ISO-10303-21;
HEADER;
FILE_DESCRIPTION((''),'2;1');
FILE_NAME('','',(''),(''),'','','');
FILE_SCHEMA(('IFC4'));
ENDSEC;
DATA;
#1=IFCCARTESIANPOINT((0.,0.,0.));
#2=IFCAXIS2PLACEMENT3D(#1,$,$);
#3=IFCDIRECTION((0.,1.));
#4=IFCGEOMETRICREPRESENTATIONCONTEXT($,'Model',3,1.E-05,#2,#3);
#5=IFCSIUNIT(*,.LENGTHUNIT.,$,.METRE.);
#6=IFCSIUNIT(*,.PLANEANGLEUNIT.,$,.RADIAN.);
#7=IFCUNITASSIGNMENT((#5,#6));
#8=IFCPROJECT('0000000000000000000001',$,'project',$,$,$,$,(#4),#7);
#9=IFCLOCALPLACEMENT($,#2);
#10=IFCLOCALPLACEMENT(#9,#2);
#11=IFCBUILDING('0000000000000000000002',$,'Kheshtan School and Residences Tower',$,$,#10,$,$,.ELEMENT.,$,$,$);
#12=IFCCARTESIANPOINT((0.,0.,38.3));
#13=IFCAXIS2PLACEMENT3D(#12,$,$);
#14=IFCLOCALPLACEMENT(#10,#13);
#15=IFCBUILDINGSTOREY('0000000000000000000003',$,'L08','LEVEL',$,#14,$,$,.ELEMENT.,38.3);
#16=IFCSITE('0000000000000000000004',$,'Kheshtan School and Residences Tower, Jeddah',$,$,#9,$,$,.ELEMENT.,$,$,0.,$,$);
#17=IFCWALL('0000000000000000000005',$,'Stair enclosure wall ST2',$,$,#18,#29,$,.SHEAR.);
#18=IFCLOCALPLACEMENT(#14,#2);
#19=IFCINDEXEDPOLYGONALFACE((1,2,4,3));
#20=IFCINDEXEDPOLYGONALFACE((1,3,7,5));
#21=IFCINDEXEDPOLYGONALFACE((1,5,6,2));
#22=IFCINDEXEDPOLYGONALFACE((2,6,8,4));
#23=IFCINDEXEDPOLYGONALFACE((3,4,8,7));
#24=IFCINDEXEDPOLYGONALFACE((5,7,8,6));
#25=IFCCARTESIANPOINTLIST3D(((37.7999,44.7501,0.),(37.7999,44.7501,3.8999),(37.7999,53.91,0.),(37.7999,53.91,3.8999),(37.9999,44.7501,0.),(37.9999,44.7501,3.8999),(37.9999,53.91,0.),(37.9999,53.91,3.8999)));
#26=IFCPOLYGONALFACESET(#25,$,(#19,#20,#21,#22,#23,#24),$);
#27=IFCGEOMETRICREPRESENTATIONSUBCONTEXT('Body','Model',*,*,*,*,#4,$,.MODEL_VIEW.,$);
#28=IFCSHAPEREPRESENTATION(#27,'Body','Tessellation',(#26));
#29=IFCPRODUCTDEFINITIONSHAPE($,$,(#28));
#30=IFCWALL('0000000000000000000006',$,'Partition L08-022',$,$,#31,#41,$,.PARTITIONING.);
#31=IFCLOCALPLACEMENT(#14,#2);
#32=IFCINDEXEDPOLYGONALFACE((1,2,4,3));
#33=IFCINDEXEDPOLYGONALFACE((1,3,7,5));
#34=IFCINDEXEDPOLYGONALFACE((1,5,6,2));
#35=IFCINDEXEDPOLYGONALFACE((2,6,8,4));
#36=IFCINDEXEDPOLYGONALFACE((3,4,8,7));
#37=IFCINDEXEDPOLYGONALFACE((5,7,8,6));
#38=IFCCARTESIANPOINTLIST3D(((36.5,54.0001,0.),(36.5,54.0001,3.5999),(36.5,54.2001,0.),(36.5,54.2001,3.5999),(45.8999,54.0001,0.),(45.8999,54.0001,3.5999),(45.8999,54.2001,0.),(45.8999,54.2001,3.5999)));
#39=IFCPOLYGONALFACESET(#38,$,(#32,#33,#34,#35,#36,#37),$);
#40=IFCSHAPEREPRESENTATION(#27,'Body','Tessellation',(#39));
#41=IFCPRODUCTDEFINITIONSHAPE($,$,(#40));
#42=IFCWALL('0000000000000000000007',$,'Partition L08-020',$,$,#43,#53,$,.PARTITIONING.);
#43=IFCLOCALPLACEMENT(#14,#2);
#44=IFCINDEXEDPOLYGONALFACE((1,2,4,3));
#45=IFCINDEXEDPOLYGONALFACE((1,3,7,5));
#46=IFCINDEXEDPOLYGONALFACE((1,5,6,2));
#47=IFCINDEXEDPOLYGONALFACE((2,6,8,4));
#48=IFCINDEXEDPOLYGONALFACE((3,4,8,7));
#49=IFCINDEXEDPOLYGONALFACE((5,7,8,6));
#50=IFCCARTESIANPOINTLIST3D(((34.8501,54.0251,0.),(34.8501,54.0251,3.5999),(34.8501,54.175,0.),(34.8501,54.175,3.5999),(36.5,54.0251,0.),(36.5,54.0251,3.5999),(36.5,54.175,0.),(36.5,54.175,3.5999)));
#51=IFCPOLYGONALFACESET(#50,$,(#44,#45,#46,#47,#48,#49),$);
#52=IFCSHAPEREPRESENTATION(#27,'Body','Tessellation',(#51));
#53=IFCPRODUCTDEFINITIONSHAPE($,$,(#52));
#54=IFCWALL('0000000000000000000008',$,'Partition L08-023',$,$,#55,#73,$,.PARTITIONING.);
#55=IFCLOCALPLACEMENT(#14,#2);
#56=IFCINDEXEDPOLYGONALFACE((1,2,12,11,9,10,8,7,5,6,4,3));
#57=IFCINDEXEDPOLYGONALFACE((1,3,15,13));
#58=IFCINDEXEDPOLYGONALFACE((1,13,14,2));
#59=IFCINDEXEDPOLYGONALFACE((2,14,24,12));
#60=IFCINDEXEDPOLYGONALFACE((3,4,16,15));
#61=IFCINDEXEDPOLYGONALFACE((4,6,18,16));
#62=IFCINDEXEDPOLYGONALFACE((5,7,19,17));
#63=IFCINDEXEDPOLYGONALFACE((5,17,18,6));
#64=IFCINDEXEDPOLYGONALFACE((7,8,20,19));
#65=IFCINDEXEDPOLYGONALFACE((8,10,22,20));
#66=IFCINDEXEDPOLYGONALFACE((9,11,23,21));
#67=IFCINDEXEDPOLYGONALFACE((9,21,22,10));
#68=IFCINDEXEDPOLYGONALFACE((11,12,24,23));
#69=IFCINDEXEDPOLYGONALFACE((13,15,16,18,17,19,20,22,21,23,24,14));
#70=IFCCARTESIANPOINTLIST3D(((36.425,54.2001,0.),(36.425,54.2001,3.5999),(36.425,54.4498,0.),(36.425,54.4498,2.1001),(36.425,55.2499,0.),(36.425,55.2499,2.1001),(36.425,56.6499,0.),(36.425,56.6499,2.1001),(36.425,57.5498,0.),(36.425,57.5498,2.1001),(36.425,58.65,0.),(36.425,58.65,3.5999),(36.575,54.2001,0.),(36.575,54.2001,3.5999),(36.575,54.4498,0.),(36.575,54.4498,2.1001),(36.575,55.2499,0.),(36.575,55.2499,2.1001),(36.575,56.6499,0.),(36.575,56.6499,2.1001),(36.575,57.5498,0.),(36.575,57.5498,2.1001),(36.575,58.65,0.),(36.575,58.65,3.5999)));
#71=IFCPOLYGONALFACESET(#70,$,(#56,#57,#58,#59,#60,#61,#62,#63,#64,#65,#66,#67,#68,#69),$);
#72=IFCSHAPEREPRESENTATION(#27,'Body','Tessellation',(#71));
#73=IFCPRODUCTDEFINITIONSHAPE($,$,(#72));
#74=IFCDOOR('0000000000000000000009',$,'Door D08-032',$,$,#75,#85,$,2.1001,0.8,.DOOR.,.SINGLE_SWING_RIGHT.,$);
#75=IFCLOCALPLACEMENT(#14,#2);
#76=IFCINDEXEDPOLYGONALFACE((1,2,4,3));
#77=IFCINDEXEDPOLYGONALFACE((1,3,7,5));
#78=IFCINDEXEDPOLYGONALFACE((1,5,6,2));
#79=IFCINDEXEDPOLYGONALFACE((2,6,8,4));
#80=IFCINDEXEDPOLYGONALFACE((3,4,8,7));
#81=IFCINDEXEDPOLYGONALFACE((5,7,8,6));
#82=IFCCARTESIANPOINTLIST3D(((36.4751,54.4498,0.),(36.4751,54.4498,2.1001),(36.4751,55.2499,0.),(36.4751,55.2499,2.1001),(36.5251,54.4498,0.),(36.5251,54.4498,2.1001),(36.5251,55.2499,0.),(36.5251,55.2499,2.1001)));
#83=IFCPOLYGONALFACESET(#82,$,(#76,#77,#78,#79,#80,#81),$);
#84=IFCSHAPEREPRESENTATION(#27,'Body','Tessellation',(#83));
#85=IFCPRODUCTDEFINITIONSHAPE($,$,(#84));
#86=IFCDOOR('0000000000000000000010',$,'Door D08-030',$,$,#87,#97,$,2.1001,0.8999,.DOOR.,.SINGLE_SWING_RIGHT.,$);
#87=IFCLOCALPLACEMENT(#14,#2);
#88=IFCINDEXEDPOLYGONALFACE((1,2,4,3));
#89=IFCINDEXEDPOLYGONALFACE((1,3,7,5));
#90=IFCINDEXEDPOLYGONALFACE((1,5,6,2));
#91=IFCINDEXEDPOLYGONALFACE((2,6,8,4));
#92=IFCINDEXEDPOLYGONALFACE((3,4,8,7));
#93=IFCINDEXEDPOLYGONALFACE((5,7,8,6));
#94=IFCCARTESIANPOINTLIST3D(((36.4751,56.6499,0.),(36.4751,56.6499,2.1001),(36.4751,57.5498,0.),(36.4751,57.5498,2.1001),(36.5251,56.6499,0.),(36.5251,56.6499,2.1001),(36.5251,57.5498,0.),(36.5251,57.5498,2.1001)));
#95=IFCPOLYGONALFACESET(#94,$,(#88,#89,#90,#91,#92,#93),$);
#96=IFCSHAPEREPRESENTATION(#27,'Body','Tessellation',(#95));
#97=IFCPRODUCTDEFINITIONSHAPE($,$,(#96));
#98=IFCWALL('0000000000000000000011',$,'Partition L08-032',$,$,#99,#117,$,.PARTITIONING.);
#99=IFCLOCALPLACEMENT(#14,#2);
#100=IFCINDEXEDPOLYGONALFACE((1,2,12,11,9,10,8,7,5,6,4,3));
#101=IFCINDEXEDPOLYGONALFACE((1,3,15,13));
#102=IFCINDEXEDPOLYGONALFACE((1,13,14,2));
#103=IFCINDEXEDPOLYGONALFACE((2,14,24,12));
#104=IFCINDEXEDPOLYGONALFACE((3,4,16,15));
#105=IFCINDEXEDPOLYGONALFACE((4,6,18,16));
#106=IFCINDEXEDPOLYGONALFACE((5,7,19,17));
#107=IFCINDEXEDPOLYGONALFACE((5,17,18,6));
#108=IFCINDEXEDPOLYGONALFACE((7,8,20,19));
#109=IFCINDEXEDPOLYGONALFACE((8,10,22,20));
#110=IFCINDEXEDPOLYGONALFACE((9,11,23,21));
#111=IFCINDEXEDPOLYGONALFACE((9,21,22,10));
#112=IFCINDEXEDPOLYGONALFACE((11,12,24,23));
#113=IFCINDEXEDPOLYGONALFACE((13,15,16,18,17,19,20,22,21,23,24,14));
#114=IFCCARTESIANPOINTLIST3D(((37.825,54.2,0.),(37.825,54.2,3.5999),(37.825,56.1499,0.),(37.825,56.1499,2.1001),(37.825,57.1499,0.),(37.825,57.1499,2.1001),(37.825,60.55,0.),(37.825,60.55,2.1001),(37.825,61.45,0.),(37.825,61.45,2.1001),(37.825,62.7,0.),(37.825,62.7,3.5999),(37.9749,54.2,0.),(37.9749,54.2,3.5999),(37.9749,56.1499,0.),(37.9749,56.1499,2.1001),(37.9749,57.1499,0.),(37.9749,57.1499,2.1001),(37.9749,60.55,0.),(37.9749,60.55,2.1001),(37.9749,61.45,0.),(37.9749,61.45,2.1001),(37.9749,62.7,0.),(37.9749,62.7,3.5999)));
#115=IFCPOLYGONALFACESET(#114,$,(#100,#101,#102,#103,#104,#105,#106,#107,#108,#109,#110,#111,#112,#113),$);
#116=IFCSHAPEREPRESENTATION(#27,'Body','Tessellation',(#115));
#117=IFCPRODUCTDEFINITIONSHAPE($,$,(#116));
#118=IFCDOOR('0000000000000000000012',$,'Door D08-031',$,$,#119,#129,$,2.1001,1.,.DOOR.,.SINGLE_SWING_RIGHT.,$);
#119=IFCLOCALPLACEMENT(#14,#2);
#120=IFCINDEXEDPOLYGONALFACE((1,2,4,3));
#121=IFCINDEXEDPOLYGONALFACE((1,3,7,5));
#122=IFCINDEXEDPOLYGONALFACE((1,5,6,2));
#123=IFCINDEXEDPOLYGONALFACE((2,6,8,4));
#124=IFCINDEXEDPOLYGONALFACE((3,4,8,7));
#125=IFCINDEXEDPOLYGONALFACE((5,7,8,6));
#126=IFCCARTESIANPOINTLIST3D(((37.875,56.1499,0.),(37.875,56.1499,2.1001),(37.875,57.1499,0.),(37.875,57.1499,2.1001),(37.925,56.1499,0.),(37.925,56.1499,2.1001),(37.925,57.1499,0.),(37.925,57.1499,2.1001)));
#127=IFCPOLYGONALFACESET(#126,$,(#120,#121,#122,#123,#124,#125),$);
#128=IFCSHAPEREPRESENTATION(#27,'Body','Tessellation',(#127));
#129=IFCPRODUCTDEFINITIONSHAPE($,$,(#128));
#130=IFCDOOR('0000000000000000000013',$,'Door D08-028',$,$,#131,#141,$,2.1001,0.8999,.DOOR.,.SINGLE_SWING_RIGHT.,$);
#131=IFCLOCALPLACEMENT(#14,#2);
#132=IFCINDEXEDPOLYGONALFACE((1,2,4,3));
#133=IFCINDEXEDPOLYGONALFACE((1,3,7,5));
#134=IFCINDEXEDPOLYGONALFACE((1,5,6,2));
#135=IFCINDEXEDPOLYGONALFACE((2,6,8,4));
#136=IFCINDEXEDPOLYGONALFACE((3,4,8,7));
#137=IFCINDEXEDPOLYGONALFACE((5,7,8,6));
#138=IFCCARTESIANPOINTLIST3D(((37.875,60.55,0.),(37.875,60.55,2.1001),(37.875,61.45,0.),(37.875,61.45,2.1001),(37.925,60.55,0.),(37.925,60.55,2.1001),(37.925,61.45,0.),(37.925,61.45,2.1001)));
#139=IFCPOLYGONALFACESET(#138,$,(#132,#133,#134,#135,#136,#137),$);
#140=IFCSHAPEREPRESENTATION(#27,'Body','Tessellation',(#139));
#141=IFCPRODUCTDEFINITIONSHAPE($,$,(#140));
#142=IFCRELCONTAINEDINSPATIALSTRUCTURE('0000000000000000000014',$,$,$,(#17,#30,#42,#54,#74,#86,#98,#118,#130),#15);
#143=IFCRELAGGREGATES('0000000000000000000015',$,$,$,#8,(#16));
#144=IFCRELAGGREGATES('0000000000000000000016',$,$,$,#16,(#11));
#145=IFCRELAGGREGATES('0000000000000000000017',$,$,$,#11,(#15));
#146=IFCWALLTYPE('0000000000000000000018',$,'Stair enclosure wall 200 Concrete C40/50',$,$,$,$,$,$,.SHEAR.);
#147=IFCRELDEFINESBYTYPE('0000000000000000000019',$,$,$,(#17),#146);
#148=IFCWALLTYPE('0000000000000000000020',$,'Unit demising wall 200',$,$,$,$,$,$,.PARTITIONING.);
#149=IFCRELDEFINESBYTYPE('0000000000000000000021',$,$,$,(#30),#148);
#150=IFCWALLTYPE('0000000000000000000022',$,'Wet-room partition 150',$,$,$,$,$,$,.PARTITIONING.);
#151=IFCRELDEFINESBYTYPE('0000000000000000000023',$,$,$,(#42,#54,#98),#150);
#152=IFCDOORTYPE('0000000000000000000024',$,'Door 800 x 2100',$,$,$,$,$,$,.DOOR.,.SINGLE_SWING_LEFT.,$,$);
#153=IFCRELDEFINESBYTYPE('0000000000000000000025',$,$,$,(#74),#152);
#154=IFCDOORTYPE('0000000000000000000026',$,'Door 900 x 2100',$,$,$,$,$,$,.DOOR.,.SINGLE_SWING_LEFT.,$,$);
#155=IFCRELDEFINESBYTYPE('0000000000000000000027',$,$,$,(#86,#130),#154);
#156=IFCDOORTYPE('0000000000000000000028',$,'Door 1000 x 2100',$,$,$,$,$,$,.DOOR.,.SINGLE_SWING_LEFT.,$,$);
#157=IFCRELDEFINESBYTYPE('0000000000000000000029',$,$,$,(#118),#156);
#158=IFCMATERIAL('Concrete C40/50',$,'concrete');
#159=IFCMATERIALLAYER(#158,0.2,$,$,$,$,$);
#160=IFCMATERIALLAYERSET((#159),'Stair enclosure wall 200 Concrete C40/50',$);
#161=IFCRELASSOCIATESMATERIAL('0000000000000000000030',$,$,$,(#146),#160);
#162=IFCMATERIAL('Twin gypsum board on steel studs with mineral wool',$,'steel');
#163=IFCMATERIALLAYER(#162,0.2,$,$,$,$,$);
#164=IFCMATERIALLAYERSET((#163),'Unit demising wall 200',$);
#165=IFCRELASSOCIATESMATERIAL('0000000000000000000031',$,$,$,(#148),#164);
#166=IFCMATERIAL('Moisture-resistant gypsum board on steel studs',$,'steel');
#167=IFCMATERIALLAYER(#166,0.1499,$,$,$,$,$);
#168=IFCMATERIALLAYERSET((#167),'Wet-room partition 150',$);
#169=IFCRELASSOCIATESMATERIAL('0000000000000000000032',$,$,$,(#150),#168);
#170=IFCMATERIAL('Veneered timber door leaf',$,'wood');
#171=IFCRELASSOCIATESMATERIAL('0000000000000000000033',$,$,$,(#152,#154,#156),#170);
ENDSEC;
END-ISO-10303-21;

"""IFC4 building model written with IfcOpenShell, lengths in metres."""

from ifc_helpers import new_model, si_unit, direction, frame, frame_2d, origin, place, context, subcontext, project, spatial, rectangle, extrude, source, transform, mapped, material, layer, layer_set, type_object, element, fill, save


model = new_model("IFC4")

# Units and contexts
model_context = context("Model", 3, precision=1e-05, world=origin(), true_north=direction((0.0, 1.0)))
body_context = subcontext(model_context, "Body", "Model", "MODEL_VIEW")
ifc_project = project(units=[si_unit("LENGTHUNIT", "METRE"), si_unit("PLANEANGLEUNIT", "RADIAN")], contexts=[model_context])

# Site, building, storey
site_placement = place(None, origin())
site = spatial("IfcSite", under=ifc_project, at=site_placement, Name="Kheshtan School and Residences Tower, Jeddah", CompositionType="ELEMENT", RefElevation=0.0)
building_placement = place(site_placement, origin())
building = spatial("IfcBuilding", under=site, at=building_placement, Name="Kheshtan School and Residences Tower", CompositionType="ELEMENT")
storey_placement = place(building_placement, frame((0.0, 0.0, 38.3)))
storey = spatial("IfcBuildingStorey", under=building, at=storey_placement, Name="L08", Description="LEVEL", CompositionType="ELEMENT", Elevation=38.3)

# Walls
ifc_material_1 = material(Name="Concrete C40/50", Category="concrete")
ifc_layer_1 = layer(ifc_material_1, 0.2)
ifc_layer_set_1 = layer_set([ifc_layer_1], Name="Stair enclosure wall 200 Concrete C40/50")
wall_type_1 = type_object("IfcWallType", Name="Stair enclosure wall 200 Concrete C40/50", PredefinedType="SHEAR", material=ifc_layer_set_1)
wall_1_placement = place(storey_placement, frame((37.8999, 44.75, 0.0), z_axis=(0.0, 0.0, 1.0), x_axis=(0.0, 1.0, 0.0)))
element("IfcWall", 1, at=wall_1_placement, inside=storey, type_object=wall_type_1, Name="Stair enclosure wall ST2", PredefinedType="SHEAR", context=body_context, shape_type="SweptSolid", body=[
    extrude(rectangle(XDim=9.1599, YDim=0.2, at=frame_2d((4.5801, 0.0))), origin(), (0.0, 0.0, 1.0), 3.8999),
])
ifc_material_2 = material(Name="Twin gypsum board on steel studs with mineral wool", Category="steel")
ifc_layer_2 = layer(ifc_material_2, 0.2)
ifc_layer_set_2 = layer_set([ifc_layer_2], Name="Unit demising wall 200")
wall_type_2 = type_object("IfcWallType", Name="Unit demising wall 200", PredefinedType="PARTITIONING", material=ifc_layer_set_2)
wall_2_placement = place(storey_placement, frame((36.5, 54.1001, 0.0), z_axis=(0.0, 0.0, 1.0), x_axis=(1.0, 0.0, 0.0)))
element("IfcWall", 2, at=wall_2_placement, inside=storey, type_object=wall_type_2, Name="Partition L08-022", PredefinedType="PARTITIONING", context=body_context, shape_type="SweptSolid", body=[
    extrude(rectangle(XDim=9.3999, YDim=0.2, at=frame_2d((4.7, 0.0))), origin(), (0.0, 0.0, 1.0), 3.5999),
])
ifc_material_3 = material(Name="Moisture-resistant gypsum board on steel studs", Category="steel")
ifc_layer_3 = layer(ifc_material_3, 0.1499)
ifc_layer_set_3 = layer_set([ifc_layer_3], Name="Wet-room partition 150")
wall_type_3 = type_object("IfcWallType", Name="Wet-room partition 150", PredefinedType="PARTITIONING", material=ifc_layer_set_3)
wall_3_placement = place(storey_placement, frame((34.8501, 54.1001, 0.0), z_axis=(0.0, 0.0, 1.0), x_axis=(1.0, 0.0, 0.0)))
element("IfcWall", 3, at=wall_3_placement, inside=storey, type_object=wall_type_3, Name="Partition L08-020", PredefinedType="PARTITIONING", context=body_context, shape_type="SweptSolid", body=[
    extrude(rectangle(XDim=1.6499, YDim=0.1499, at=frame_2d((0.825, 0.0))), origin(), (0.0, 0.0, 1.0), 3.5999),
])

# Walls, openings, doors
wall_4_placement = place(storey_placement, frame((36.5, 54.2, 0.0), z_axis=(0.0, 0.0, 1.0), x_axis=(0.0, 1.0, 0.0)))
wall_4 = element("IfcWall", 4, at=wall_4_placement, inside=storey, type_object=wall_type_3, Name="Partition L08-023", PredefinedType="PARTITIONING", context=body_context, shape_type="SweptSolid", body=[
    extrude(rectangle(XDim=4.45, YDim=0.1499, at=frame_2d((2.2251, 0.0))), origin(), (0.0, 0.0, 1.0), 3.5999),
])
opening_1_placement = place(wall_4_placement, frame((2.45, 0.0, 0.0)))
opening_1 = element("IfcOpeningElement", 5, at=opening_1_placement, cuts=wall_4, PredefinedType="OPENING", context=body_context, shape_type="SweptSolid", body=[
    extrude(rectangle(XDim=0.8999, YDim=2.1001, at=frame_2d((0.45, 1.05))), frame((0.0, 0.085, 0.0), z_axis=(0.0, -1.0, 0.0), x_axis=(1.0, 0.0, 0.0)), (0.0, 0.0, 1.0), 0.1699),
])
opening_2_placement = place(wall_4_placement, frame((0.25, 0.0, 0.0)))
opening_2 = element("IfcOpeningElement", 6, at=opening_2_placement, cuts=wall_4, PredefinedType="OPENING", context=body_context, shape_type="SweptSolid", body=[
    extrude(rectangle(XDim=0.8, YDim=2.1001, at=frame_2d((0.3999, 1.05))), frame((0.0, 0.085, 0.0), z_axis=(0.0, -1.0, 0.0), x_axis=(1.0, 0.0, 0.0)), (0.0, 0.0, 1.0), 0.1699),
])
ifc_material_4 = material(Name="Veneered timber door leaf", Category="wood")
door_type_1 = type_object("IfcDoorType", Name="Door 800 x 2100", OperationType="SINGLE_SWING_LEFT", PredefinedType="DOOR", material=ifc_material_4)
shared_shape_1 = source(origin(), body_context, "Body", "SweptSolid", [
    extrude(rectangle(XDim=0.8, YDim=2.1001, at=frame_2d((0.3999, 1.05))), frame((0.0, 0.0249, 0.0), z_axis=(0.0, -1.0, 0.0), x_axis=(1.0, 0.0, 0.0)), (0.0, 0.0, 1.0), 0.05),
])
door_1_placement = place(opening_2_placement, origin())
door_1 = element("IfcDoor", 7, at=door_1_placement, inside=storey, type_object=door_type_1, Name="Door D08-032", OperationType="SINGLE_SWING_RIGHT", OverallHeight=2.1001, OverallWidth=0.8, PredefinedType="DOOR", context=body_context, shape_type="MappedRepresentation", body=[
    mapped(shared_shape_1, transform((0.0, 0.0, 0.0), x_axis=(1.0, 0.0, 0.0), y_axis=(0.0, 1.0, 0.0), z_axis=(0.0, 0.0, 1.0), scale=1.0)),
])
fill(opening_2, door_1)
door_type_2 = type_object("IfcDoorType", Name="Door 900 x 2100", OperationType="SINGLE_SWING_LEFT", PredefinedType="DOOR", material=ifc_material_4)
shared_shape_2 = source(origin(), body_context, "Body", "SweptSolid", [
    extrude(rectangle(XDim=0.8999, YDim=2.1001, at=frame_2d((0.45, 1.05))), frame((0.0, 0.0249, 0.0), z_axis=(0.0, -1.0, 0.0), x_axis=(1.0, 0.0, 0.0)), (0.0, 0.0, 1.0), 0.05),
])
door_2_placement = place(opening_1_placement, origin())
door_2 = element("IfcDoor", 8, at=door_2_placement, inside=storey, type_object=door_type_2, Name="Door D08-030", OperationType="SINGLE_SWING_RIGHT", OverallHeight=2.1001, OverallWidth=0.8999, PredefinedType="DOOR", context=body_context, shape_type="MappedRepresentation", body=[
    mapped(shared_shape_2, transform((0.0, 0.0, 0.0), x_axis=(1.0, 0.0, 0.0), y_axis=(0.0, 1.0, 0.0), z_axis=(0.0, 0.0, 1.0), scale=1.0)),
])
fill(opening_1, door_2)
wall_5_placement = place(storey_placement, frame((37.8999, 54.2, 0.0), z_axis=(0.0, 0.0, 1.0), x_axis=(0.0, 1.0, 0.0)))
wall_5 = element("IfcWall", 9, at=wall_5_placement, inside=storey, type_object=wall_type_3, Name="Partition L08-032", PredefinedType="PARTITIONING", context=body_context, shape_type="SweptSolid", body=[
    extrude(rectangle(XDim=8.5, YDim=0.1499, at=frame_2d((4.25, 0.0))), origin(), (0.0, 0.0, 1.0), 3.5999),
])
opening_3_placement = place(wall_5_placement, frame((6.3501, 0.0, 0.0)))
opening_3 = element("IfcOpeningElement", 10, at=opening_3_placement, cuts=wall_5, PredefinedType="OPENING", context=body_context, shape_type="SweptSolid", body=[
    extrude(rectangle(XDim=0.8999, YDim=2.1001, at=frame_2d((0.45, 1.05))), frame((0.0, 0.085, 0.0), z_axis=(0.0, -1.0, 0.0), x_axis=(1.0, 0.0, 0.0)), (0.0, 0.0, 1.0), 0.1699),
])
opening_4_placement = place(wall_5_placement, frame((1.95, 0.0, 0.0)))
opening_4 = element("IfcOpeningElement", 11, at=opening_4_placement, cuts=wall_5, PredefinedType="OPENING", context=body_context, shape_type="SweptSolid", body=[
    extrude(rectangle(XDim=1.0, YDim=2.1001, at=frame_2d((0.5, 1.05))), frame((0.0, 0.085, 0.0), z_axis=(0.0, -1.0, 0.0), x_axis=(1.0, 0.0, 0.0)), (0.0, 0.0, 1.0), 0.1699),
])
door_type_3 = type_object("IfcDoorType", Name="Door 1000 x 2100", OperationType="SINGLE_SWING_LEFT", PredefinedType="DOOR", material=ifc_material_4)
shared_shape_3 = source(origin(), body_context, "Body", "SweptSolid", [
    extrude(rectangle(XDim=1.0, YDim=2.1001, at=frame_2d((0.5, 1.05))), frame((0.0, 0.0249, 0.0), z_axis=(0.0, -1.0, 0.0), x_axis=(1.0, 0.0, 0.0)), (0.0, 0.0, 1.0), 0.05),
])
door_3_placement = place(opening_4_placement, origin())
door_3 = element("IfcDoor", 12, at=door_3_placement, inside=storey, type_object=door_type_3, Name="Door D08-031", OperationType="SINGLE_SWING_RIGHT", OverallHeight=2.1001, OverallWidth=1.0, PredefinedType="DOOR", context=body_context, shape_type="MappedRepresentation", body=[
    mapped(shared_shape_3, transform((0.0, 0.0, 0.0), x_axis=(1.0, 0.0, 0.0), y_axis=(0.0, 1.0, 0.0), z_axis=(0.0, 0.0, 1.0), scale=1.0)),
])
fill(opening_4, door_3)
door_4_placement = place(opening_3_placement, origin())
door_4 = element("IfcDoor", 13, at=door_4_placement, inside=storey, type_object=door_type_2, Name="Door D08-028", OperationType="SINGLE_SWING_RIGHT", OverallHeight=2.1001, OverallWidth=0.8999, PredefinedType="DOOR", context=body_context, shape_type="MappedRepresentation", body=[
    mapped(shared_shape_2, transform((0.0, 0.0, 0.0), x_axis=(1.0, 0.0, 0.0), y_axis=(0.0, 1.0, 0.0), z_axis=(0.0, 0.0, 1.0), scale=1.0)),
])
fill(opening_3, door_4)

save(model, "model.ifc")
